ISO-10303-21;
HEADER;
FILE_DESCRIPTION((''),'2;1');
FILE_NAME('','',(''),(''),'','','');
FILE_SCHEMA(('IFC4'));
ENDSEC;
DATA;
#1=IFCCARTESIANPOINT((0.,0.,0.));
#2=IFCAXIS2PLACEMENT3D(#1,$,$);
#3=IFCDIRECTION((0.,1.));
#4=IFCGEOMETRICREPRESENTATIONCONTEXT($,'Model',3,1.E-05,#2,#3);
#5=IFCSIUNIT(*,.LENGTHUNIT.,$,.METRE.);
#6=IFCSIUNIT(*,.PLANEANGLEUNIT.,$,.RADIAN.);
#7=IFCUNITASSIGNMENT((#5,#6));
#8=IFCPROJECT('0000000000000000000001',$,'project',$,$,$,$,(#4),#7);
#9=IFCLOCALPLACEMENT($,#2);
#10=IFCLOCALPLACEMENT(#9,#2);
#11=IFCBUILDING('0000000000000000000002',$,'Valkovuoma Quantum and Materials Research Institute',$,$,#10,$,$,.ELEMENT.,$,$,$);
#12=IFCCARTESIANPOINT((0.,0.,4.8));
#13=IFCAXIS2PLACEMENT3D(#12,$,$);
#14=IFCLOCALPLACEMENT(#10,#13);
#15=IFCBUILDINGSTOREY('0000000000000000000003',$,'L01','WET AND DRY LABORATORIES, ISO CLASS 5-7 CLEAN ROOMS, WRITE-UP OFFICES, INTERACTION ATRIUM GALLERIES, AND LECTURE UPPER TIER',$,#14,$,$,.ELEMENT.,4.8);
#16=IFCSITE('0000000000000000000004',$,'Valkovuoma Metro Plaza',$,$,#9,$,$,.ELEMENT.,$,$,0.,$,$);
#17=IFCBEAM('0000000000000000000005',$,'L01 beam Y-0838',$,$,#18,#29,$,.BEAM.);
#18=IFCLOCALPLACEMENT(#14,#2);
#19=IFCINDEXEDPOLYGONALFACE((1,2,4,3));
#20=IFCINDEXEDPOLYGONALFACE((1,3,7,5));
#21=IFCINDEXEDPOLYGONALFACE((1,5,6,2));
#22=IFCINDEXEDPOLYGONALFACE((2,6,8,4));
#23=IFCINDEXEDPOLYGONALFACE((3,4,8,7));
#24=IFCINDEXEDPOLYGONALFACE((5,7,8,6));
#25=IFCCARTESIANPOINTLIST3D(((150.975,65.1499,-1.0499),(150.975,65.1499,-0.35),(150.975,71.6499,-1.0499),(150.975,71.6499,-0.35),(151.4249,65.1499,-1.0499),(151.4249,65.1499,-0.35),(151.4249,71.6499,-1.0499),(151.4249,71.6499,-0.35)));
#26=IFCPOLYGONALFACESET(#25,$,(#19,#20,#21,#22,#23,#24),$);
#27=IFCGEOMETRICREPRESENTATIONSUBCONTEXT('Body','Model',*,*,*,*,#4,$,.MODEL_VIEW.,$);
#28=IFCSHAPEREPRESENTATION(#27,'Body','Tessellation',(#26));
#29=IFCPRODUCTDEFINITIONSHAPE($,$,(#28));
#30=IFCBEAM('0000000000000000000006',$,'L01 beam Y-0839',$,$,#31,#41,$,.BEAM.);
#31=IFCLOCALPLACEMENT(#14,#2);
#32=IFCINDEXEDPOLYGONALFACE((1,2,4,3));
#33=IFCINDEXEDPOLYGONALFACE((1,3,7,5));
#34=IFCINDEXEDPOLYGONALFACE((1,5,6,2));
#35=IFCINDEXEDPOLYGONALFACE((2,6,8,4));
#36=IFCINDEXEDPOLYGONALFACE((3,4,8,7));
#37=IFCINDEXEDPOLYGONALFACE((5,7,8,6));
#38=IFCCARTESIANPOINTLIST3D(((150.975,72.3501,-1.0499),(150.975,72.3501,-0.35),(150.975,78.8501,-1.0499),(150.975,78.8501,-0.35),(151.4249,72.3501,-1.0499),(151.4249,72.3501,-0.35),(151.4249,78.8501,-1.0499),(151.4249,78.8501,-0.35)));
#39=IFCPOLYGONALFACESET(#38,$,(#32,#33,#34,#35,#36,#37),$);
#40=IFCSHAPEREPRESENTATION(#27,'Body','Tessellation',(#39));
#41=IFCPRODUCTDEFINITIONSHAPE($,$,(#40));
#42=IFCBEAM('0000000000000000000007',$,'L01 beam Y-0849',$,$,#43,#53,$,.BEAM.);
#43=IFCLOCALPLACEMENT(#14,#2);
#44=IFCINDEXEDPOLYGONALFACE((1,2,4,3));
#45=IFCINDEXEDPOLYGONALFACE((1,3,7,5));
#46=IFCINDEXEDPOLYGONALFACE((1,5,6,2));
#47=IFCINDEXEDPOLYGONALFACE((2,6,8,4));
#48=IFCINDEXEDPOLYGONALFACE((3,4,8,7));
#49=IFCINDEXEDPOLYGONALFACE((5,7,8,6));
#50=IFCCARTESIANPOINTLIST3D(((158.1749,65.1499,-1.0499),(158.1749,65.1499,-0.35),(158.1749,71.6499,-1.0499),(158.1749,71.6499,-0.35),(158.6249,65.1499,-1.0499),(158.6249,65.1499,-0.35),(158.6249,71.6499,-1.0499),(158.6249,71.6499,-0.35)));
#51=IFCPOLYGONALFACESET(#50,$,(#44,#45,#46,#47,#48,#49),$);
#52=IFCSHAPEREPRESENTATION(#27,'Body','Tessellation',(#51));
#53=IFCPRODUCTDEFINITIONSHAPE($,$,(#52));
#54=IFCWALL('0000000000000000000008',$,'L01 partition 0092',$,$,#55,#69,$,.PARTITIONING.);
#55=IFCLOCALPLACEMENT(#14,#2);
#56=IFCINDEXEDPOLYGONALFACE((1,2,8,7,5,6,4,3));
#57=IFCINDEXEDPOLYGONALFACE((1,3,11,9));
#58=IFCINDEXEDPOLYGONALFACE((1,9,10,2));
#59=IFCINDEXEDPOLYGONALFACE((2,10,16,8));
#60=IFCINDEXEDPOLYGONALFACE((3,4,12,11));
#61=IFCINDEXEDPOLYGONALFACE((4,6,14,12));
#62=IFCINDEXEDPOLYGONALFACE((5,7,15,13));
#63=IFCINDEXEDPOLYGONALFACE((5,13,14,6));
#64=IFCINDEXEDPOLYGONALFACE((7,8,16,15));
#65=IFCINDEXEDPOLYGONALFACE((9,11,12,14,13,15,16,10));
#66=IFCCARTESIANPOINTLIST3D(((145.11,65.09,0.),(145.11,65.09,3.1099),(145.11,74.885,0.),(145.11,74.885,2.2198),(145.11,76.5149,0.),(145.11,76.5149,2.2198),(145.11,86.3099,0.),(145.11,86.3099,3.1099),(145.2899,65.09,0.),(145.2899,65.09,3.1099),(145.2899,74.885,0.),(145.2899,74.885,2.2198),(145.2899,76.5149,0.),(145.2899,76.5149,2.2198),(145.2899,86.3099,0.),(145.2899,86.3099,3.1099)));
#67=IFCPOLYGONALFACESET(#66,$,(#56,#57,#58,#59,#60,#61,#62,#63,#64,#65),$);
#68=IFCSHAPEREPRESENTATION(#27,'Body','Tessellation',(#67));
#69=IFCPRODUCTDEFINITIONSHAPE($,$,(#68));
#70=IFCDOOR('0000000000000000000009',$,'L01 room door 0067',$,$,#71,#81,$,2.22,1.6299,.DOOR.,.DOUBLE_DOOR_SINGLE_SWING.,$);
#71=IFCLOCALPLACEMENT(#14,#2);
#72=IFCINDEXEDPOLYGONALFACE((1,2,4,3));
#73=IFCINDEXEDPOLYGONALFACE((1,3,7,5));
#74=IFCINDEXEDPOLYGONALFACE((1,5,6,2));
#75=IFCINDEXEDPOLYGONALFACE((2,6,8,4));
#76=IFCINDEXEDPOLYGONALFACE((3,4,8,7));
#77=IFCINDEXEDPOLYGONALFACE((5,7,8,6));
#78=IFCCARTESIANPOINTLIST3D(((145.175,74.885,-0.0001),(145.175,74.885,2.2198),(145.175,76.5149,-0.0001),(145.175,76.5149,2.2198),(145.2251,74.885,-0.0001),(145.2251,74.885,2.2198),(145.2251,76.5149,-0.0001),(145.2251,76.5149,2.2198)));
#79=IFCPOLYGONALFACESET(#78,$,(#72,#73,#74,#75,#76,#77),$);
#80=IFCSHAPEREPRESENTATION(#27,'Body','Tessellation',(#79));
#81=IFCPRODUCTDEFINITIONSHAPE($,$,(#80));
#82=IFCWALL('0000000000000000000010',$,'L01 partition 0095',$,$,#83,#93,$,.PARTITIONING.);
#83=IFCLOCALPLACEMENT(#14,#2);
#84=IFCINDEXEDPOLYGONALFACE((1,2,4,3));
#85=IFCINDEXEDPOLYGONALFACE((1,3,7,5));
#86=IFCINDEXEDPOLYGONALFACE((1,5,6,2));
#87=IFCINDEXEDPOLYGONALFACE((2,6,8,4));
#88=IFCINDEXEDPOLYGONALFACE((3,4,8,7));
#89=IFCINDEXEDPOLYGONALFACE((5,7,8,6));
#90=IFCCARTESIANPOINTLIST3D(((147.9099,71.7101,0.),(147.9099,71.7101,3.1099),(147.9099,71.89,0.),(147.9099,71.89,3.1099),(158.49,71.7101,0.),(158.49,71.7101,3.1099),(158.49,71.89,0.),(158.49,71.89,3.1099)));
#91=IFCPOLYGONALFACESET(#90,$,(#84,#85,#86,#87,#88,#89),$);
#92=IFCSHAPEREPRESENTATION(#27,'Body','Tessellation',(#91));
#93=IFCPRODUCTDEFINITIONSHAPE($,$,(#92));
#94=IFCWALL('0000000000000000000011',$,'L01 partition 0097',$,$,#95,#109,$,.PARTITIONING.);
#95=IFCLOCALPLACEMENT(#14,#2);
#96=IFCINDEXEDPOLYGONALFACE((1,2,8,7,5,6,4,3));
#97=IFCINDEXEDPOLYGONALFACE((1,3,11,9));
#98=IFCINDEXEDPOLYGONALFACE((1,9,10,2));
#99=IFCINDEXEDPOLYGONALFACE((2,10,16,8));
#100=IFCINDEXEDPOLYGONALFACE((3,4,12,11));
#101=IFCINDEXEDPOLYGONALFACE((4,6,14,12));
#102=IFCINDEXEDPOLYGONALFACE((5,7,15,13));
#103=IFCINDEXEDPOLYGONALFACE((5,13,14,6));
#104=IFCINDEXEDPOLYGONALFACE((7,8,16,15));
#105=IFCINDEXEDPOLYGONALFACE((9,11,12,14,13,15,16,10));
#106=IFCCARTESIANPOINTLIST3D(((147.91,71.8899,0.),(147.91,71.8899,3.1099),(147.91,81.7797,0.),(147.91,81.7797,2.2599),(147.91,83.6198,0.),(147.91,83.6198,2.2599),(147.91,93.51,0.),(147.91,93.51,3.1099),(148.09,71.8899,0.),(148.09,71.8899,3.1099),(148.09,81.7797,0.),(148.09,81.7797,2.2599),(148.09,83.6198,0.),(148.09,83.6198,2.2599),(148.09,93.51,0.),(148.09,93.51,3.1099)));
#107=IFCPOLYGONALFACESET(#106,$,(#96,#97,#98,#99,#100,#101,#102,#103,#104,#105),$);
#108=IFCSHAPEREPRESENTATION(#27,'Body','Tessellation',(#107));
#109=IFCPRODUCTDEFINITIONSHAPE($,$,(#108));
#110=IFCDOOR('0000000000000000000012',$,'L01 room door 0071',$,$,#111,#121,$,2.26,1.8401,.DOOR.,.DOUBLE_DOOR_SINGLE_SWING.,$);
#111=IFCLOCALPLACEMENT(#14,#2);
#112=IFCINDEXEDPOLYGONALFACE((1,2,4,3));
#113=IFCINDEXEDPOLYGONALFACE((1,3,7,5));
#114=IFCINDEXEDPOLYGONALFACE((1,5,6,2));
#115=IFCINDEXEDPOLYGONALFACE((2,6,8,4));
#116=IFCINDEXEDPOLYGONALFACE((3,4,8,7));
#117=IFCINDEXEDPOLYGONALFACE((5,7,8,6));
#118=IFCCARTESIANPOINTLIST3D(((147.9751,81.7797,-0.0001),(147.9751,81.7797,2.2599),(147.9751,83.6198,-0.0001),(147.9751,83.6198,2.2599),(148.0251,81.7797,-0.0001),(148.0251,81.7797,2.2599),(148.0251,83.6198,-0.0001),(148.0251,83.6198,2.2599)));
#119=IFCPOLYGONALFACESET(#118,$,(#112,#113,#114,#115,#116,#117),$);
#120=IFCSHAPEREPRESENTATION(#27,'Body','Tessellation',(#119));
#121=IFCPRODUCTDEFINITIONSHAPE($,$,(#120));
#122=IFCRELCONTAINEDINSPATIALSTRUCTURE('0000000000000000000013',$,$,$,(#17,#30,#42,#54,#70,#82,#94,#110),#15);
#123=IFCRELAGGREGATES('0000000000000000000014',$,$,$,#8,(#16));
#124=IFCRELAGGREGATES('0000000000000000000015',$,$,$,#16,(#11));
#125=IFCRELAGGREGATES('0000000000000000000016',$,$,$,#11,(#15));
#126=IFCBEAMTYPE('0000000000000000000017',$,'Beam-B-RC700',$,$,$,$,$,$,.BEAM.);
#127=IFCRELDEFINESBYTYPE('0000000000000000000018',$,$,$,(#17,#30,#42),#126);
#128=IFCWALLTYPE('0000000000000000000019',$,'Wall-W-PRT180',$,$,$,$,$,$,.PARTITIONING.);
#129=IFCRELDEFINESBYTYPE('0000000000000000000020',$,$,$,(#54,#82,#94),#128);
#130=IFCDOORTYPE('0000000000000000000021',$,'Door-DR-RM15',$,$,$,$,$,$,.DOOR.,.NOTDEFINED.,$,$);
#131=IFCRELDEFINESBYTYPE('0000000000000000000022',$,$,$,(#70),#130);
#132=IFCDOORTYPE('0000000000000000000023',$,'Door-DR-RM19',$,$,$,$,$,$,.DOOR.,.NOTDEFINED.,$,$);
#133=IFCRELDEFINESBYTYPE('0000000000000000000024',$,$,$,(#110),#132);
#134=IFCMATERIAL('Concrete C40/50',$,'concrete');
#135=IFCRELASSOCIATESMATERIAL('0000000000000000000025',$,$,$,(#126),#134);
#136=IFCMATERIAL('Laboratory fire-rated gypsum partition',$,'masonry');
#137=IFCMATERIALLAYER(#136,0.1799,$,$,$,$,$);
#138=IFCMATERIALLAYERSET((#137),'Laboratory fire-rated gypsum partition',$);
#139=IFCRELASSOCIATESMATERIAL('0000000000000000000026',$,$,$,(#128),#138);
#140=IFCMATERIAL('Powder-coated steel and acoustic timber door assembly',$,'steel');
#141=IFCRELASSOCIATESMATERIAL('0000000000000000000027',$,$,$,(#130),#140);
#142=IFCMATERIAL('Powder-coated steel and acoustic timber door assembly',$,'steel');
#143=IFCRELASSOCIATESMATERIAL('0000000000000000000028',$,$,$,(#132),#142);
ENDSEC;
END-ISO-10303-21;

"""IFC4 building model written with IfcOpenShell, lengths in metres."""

from ifc_helpers import new_model, si_unit, direction, frame, frame_2d, origin, origin_2d, place, context, subcontext, project, spatial, rectangle, extrude, material, layer, layer_set, material_profile, profile_set, type_object, element, fill, save


model = new_model("IFC4")

# Units and contexts
model_context = context("Model", 3, precision=1e-05, world=origin(), true_north=direction((0.0, 1.0)))
body_context = subcontext(model_context, "Body", "Model", "MODEL_VIEW")
ifc_project = project(units=[si_unit("LENGTHUNIT", "METRE"), si_unit("PLANEANGLEUNIT", "RADIAN")], contexts=[model_context])

# Site, building, storey
site_placement = place(None, origin())
site = spatial("IfcSite", under=ifc_project, at=site_placement, Name="Valkovuoma Metro Plaza", CompositionType="ELEMENT", RefElevation=0.0)
building_placement = place(site_placement, origin())
building = spatial("IfcBuilding", under=site, at=building_placement, Name="Valkovuoma Quantum and Materials Research Institute", CompositionType="ELEMENT")
storey_placement = place(building_placement, frame((0.0, 0.0, 4.8)))
storey = spatial("IfcBuildingStorey", under=building, at=storey_placement, Name="L01", Description="WET AND DRY LABORATORIES, ISO CLASS 5-7 CLEAN ROOMS, WRITE-UP OFFICES, INTERACTION ATRIUM GALLERIES, AND LECTURE UPPER TIER", CompositionType="ELEMENT", Elevation=4.8)

# Beams
ifc_material_1 = material(Name="Concrete C40/50", Category="concrete")
ifc_material_profile_1 = material_profile(ifc_material_1, rectangle(XDim=0.45, YDim=0.7, at=origin_2d()), Name="Concrete C40/50")
ifc_profile_set_1 = profile_set([ifc_material_profile_1], Name="Concrete C40/50")
beam_type_1 = type_object("IfcBeamType", Name="Beam-B-RC700", PredefinedType="BEAM", material=ifc_profile_set_1)
for number, where, z_axis, x_axis, name in (
    (1, (151.2, 65.1499, -0.7), (0.0, 1.0, 0.0), (-1.0, 0.0, 0.0), "L01 beam Y-0838"),
    (2, (151.2, 72.3501, -0.7), (0.0, 1.0, 0.0), (-1.0, 0.0, 0.0), "L01 beam Y-0839"),
    (3, (158.3999, 65.1499, -0.7), (0.0, 1.0, 0.0), (-1.0, 0.0, 0.0), "L01 beam Y-0849"),
):
    element("IfcBeam", number, at=place(storey_placement, frame(where, z_axis=z_axis, x_axis=x_axis)), inside=storey, type_object=beam_type_1, Name=name, PredefinedType="BEAM", context=body_context, shape_type="SweptSolid", body=[
        extrude(rectangle(XDim=0.45, YDim=0.7, at=origin_2d()), origin(), (0.0, 0.0, 1.0), 6.5),
    ])

# Wall, opening, door
ifc_material_2 = material(Name="Laboratory fire-rated gypsum partition", Category="masonry")
ifc_layer = layer(ifc_material_2, 0.1799)
ifc_layer_set = layer_set([ifc_layer], Name="Laboratory fire-rated gypsum partition")
wall_type = type_object("IfcWallType", Name="Wall-W-PRT180", PredefinedType="PARTITIONING", material=ifc_layer_set)
wall_1_placement = place(storey_placement, frame((145.2, 65.0901, 0.0), z_axis=(0.0, 0.0, 1.0), x_axis=(0.0, 1.0, 0.0)))
wall_1 = element("IfcWall", 4, at=wall_1_placement, inside=storey, type_object=wall_type, Name="L01 partition 0092", PredefinedType="PARTITIONING", context=body_context, shape_type="SweptSolid", body=[
    extrude(rectangle(XDim=21.22, YDim=0.1799, at=frame_2d((10.6099, 0.0))), origin(), (0.0, 0.0, 1.0), 3.1099),
])
opening_1_placement = place(wall_1_placement, frame((9.7949, 0.0, 0.0)))
opening_1 = element("IfcOpeningElement", 5, at=opening_1_placement, cuts=wall_1, PredefinedType="OPENING", context=body_context, shape_type="SweptSolid", body=[
    extrude(rectangle(XDim=1.6299, YDim=2.22, at=frame_2d((0.8149, 1.1099))), frame((0.0, 0.1001, 0.0), z_axis=(0.0, -1.0, 0.0), x_axis=(1.0, 0.0, 0.0)), (0.0, 0.0, 1.0), 0.2),
])
ifc_material_3 = material(Name="Powder-coated steel and acoustic timber door assembly", Category="steel")
door_type_1 = type_object("IfcDoorType", Name="Door-DR-RM15", OperationType="NOTDEFINED", PredefinedType="DOOR", material=ifc_material_3)
door_1_placement = place(opening_1_placement, origin())
door_1 = element("IfcDoor", 6, at=door_1_placement, inside=storey, type_object=door_type_1, Name="L01 room door 0067", OperationType="DOUBLE_DOOR_SINGLE_SWING", OverallHeight=2.22, OverallWidth=1.6299, PredefinedType="DOOR", context=body_context, shape_type="SweptSolid", body=[
    extrude(rectangle(XDim=1.6299, YDim=2.22, at=frame_2d((0.8149, 1.1099))), frame((0.0, 0.0249, 0.0), z_axis=(0.0, -1.0, 0.0), x_axis=(1.0, 0.0, 0.0)), (0.0, 0.0, 1.0), 0.05),
])
fill(opening_1, door_1)

# Wall
wall_2_placement = place(storey_placement, frame((147.9099, 71.8, 0.0), z_axis=(0.0, 0.0, 1.0), x_axis=(1.0, 0.0, 0.0)))
element("IfcWall", 7, at=wall_2_placement, inside=storey, type_object=wall_type, Name="L01 partition 0095", PredefinedType="PARTITIONING", context=body_context, shape_type="SweptSolid", body=[
    extrude(rectangle(XDim=10.5801, YDim=0.1799, at=frame_2d((5.29, 0.0))), origin(), (0.0, 0.0, 1.0), 3.1099),
])

# Wall, opening, door
wall_3_placement = place(storey_placement, frame((148.0, 71.8899, 0.0), z_axis=(0.0, 0.0, 1.0), x_axis=(0.0, 1.0, 0.0)))
wall_3 = element("IfcWall", 8, at=wall_3_placement, inside=storey, type_object=wall_type, Name="L01 partition 0097", PredefinedType="PARTITIONING", context=body_context, shape_type="SweptSolid", body=[
    extrude(rectangle(XDim=21.6201, YDim=0.1799, at=frame_2d((10.8101, 0.0))), origin(), (0.0, 0.0, 1.0), 3.1099),
])
opening_2_placement = place(wall_3_placement, frame((9.8899, 0.0, 0.0)))
opening_2 = element("IfcOpeningElement", 9, at=opening_2_placement, cuts=wall_3, PredefinedType="OPENING", context=body_context, shape_type="SweptSolid", body=[
    extrude(rectangle(XDim=1.8401, YDim=2.26, at=frame_2d((0.9199, 1.1299))), frame((0.0, 0.1001, 0.0), z_axis=(0.0, -1.0, 0.0), x_axis=(1.0, 0.0, 0.0)), (0.0, 0.0, 1.0), 0.2),
])
ifc_material_4 = material(Name="Powder-coated steel and acoustic timber door assembly", Category="steel")
door_type_2 = type_object("IfcDoorType", Name="Door-DR-RM19", OperationType="NOTDEFINED", PredefinedType="DOOR", material=ifc_material_4)
door_2_placement = place(opening_2_placement, origin())
door_2 = element("IfcDoor", 10, at=door_2_placement, inside=storey, type_object=door_type_2, Name="L01 room door 0071", OperationType="DOUBLE_DOOR_SINGLE_SWING", OverallHeight=2.26, OverallWidth=1.8401, PredefinedType="DOOR", context=body_context, shape_type="SweptSolid", body=[
    extrude(rectangle(XDim=1.8401, YDim=2.26, at=frame_2d((0.9199, 1.1299))), frame((0.0, 0.0249, 0.0), z_axis=(0.0, -1.0, 0.0), x_axis=(1.0, 0.0, 0.0)), (0.0, 0.0, 1.0), 0.05),
])
fill(opening_2, door_2)

save(model, "model.ifc")
